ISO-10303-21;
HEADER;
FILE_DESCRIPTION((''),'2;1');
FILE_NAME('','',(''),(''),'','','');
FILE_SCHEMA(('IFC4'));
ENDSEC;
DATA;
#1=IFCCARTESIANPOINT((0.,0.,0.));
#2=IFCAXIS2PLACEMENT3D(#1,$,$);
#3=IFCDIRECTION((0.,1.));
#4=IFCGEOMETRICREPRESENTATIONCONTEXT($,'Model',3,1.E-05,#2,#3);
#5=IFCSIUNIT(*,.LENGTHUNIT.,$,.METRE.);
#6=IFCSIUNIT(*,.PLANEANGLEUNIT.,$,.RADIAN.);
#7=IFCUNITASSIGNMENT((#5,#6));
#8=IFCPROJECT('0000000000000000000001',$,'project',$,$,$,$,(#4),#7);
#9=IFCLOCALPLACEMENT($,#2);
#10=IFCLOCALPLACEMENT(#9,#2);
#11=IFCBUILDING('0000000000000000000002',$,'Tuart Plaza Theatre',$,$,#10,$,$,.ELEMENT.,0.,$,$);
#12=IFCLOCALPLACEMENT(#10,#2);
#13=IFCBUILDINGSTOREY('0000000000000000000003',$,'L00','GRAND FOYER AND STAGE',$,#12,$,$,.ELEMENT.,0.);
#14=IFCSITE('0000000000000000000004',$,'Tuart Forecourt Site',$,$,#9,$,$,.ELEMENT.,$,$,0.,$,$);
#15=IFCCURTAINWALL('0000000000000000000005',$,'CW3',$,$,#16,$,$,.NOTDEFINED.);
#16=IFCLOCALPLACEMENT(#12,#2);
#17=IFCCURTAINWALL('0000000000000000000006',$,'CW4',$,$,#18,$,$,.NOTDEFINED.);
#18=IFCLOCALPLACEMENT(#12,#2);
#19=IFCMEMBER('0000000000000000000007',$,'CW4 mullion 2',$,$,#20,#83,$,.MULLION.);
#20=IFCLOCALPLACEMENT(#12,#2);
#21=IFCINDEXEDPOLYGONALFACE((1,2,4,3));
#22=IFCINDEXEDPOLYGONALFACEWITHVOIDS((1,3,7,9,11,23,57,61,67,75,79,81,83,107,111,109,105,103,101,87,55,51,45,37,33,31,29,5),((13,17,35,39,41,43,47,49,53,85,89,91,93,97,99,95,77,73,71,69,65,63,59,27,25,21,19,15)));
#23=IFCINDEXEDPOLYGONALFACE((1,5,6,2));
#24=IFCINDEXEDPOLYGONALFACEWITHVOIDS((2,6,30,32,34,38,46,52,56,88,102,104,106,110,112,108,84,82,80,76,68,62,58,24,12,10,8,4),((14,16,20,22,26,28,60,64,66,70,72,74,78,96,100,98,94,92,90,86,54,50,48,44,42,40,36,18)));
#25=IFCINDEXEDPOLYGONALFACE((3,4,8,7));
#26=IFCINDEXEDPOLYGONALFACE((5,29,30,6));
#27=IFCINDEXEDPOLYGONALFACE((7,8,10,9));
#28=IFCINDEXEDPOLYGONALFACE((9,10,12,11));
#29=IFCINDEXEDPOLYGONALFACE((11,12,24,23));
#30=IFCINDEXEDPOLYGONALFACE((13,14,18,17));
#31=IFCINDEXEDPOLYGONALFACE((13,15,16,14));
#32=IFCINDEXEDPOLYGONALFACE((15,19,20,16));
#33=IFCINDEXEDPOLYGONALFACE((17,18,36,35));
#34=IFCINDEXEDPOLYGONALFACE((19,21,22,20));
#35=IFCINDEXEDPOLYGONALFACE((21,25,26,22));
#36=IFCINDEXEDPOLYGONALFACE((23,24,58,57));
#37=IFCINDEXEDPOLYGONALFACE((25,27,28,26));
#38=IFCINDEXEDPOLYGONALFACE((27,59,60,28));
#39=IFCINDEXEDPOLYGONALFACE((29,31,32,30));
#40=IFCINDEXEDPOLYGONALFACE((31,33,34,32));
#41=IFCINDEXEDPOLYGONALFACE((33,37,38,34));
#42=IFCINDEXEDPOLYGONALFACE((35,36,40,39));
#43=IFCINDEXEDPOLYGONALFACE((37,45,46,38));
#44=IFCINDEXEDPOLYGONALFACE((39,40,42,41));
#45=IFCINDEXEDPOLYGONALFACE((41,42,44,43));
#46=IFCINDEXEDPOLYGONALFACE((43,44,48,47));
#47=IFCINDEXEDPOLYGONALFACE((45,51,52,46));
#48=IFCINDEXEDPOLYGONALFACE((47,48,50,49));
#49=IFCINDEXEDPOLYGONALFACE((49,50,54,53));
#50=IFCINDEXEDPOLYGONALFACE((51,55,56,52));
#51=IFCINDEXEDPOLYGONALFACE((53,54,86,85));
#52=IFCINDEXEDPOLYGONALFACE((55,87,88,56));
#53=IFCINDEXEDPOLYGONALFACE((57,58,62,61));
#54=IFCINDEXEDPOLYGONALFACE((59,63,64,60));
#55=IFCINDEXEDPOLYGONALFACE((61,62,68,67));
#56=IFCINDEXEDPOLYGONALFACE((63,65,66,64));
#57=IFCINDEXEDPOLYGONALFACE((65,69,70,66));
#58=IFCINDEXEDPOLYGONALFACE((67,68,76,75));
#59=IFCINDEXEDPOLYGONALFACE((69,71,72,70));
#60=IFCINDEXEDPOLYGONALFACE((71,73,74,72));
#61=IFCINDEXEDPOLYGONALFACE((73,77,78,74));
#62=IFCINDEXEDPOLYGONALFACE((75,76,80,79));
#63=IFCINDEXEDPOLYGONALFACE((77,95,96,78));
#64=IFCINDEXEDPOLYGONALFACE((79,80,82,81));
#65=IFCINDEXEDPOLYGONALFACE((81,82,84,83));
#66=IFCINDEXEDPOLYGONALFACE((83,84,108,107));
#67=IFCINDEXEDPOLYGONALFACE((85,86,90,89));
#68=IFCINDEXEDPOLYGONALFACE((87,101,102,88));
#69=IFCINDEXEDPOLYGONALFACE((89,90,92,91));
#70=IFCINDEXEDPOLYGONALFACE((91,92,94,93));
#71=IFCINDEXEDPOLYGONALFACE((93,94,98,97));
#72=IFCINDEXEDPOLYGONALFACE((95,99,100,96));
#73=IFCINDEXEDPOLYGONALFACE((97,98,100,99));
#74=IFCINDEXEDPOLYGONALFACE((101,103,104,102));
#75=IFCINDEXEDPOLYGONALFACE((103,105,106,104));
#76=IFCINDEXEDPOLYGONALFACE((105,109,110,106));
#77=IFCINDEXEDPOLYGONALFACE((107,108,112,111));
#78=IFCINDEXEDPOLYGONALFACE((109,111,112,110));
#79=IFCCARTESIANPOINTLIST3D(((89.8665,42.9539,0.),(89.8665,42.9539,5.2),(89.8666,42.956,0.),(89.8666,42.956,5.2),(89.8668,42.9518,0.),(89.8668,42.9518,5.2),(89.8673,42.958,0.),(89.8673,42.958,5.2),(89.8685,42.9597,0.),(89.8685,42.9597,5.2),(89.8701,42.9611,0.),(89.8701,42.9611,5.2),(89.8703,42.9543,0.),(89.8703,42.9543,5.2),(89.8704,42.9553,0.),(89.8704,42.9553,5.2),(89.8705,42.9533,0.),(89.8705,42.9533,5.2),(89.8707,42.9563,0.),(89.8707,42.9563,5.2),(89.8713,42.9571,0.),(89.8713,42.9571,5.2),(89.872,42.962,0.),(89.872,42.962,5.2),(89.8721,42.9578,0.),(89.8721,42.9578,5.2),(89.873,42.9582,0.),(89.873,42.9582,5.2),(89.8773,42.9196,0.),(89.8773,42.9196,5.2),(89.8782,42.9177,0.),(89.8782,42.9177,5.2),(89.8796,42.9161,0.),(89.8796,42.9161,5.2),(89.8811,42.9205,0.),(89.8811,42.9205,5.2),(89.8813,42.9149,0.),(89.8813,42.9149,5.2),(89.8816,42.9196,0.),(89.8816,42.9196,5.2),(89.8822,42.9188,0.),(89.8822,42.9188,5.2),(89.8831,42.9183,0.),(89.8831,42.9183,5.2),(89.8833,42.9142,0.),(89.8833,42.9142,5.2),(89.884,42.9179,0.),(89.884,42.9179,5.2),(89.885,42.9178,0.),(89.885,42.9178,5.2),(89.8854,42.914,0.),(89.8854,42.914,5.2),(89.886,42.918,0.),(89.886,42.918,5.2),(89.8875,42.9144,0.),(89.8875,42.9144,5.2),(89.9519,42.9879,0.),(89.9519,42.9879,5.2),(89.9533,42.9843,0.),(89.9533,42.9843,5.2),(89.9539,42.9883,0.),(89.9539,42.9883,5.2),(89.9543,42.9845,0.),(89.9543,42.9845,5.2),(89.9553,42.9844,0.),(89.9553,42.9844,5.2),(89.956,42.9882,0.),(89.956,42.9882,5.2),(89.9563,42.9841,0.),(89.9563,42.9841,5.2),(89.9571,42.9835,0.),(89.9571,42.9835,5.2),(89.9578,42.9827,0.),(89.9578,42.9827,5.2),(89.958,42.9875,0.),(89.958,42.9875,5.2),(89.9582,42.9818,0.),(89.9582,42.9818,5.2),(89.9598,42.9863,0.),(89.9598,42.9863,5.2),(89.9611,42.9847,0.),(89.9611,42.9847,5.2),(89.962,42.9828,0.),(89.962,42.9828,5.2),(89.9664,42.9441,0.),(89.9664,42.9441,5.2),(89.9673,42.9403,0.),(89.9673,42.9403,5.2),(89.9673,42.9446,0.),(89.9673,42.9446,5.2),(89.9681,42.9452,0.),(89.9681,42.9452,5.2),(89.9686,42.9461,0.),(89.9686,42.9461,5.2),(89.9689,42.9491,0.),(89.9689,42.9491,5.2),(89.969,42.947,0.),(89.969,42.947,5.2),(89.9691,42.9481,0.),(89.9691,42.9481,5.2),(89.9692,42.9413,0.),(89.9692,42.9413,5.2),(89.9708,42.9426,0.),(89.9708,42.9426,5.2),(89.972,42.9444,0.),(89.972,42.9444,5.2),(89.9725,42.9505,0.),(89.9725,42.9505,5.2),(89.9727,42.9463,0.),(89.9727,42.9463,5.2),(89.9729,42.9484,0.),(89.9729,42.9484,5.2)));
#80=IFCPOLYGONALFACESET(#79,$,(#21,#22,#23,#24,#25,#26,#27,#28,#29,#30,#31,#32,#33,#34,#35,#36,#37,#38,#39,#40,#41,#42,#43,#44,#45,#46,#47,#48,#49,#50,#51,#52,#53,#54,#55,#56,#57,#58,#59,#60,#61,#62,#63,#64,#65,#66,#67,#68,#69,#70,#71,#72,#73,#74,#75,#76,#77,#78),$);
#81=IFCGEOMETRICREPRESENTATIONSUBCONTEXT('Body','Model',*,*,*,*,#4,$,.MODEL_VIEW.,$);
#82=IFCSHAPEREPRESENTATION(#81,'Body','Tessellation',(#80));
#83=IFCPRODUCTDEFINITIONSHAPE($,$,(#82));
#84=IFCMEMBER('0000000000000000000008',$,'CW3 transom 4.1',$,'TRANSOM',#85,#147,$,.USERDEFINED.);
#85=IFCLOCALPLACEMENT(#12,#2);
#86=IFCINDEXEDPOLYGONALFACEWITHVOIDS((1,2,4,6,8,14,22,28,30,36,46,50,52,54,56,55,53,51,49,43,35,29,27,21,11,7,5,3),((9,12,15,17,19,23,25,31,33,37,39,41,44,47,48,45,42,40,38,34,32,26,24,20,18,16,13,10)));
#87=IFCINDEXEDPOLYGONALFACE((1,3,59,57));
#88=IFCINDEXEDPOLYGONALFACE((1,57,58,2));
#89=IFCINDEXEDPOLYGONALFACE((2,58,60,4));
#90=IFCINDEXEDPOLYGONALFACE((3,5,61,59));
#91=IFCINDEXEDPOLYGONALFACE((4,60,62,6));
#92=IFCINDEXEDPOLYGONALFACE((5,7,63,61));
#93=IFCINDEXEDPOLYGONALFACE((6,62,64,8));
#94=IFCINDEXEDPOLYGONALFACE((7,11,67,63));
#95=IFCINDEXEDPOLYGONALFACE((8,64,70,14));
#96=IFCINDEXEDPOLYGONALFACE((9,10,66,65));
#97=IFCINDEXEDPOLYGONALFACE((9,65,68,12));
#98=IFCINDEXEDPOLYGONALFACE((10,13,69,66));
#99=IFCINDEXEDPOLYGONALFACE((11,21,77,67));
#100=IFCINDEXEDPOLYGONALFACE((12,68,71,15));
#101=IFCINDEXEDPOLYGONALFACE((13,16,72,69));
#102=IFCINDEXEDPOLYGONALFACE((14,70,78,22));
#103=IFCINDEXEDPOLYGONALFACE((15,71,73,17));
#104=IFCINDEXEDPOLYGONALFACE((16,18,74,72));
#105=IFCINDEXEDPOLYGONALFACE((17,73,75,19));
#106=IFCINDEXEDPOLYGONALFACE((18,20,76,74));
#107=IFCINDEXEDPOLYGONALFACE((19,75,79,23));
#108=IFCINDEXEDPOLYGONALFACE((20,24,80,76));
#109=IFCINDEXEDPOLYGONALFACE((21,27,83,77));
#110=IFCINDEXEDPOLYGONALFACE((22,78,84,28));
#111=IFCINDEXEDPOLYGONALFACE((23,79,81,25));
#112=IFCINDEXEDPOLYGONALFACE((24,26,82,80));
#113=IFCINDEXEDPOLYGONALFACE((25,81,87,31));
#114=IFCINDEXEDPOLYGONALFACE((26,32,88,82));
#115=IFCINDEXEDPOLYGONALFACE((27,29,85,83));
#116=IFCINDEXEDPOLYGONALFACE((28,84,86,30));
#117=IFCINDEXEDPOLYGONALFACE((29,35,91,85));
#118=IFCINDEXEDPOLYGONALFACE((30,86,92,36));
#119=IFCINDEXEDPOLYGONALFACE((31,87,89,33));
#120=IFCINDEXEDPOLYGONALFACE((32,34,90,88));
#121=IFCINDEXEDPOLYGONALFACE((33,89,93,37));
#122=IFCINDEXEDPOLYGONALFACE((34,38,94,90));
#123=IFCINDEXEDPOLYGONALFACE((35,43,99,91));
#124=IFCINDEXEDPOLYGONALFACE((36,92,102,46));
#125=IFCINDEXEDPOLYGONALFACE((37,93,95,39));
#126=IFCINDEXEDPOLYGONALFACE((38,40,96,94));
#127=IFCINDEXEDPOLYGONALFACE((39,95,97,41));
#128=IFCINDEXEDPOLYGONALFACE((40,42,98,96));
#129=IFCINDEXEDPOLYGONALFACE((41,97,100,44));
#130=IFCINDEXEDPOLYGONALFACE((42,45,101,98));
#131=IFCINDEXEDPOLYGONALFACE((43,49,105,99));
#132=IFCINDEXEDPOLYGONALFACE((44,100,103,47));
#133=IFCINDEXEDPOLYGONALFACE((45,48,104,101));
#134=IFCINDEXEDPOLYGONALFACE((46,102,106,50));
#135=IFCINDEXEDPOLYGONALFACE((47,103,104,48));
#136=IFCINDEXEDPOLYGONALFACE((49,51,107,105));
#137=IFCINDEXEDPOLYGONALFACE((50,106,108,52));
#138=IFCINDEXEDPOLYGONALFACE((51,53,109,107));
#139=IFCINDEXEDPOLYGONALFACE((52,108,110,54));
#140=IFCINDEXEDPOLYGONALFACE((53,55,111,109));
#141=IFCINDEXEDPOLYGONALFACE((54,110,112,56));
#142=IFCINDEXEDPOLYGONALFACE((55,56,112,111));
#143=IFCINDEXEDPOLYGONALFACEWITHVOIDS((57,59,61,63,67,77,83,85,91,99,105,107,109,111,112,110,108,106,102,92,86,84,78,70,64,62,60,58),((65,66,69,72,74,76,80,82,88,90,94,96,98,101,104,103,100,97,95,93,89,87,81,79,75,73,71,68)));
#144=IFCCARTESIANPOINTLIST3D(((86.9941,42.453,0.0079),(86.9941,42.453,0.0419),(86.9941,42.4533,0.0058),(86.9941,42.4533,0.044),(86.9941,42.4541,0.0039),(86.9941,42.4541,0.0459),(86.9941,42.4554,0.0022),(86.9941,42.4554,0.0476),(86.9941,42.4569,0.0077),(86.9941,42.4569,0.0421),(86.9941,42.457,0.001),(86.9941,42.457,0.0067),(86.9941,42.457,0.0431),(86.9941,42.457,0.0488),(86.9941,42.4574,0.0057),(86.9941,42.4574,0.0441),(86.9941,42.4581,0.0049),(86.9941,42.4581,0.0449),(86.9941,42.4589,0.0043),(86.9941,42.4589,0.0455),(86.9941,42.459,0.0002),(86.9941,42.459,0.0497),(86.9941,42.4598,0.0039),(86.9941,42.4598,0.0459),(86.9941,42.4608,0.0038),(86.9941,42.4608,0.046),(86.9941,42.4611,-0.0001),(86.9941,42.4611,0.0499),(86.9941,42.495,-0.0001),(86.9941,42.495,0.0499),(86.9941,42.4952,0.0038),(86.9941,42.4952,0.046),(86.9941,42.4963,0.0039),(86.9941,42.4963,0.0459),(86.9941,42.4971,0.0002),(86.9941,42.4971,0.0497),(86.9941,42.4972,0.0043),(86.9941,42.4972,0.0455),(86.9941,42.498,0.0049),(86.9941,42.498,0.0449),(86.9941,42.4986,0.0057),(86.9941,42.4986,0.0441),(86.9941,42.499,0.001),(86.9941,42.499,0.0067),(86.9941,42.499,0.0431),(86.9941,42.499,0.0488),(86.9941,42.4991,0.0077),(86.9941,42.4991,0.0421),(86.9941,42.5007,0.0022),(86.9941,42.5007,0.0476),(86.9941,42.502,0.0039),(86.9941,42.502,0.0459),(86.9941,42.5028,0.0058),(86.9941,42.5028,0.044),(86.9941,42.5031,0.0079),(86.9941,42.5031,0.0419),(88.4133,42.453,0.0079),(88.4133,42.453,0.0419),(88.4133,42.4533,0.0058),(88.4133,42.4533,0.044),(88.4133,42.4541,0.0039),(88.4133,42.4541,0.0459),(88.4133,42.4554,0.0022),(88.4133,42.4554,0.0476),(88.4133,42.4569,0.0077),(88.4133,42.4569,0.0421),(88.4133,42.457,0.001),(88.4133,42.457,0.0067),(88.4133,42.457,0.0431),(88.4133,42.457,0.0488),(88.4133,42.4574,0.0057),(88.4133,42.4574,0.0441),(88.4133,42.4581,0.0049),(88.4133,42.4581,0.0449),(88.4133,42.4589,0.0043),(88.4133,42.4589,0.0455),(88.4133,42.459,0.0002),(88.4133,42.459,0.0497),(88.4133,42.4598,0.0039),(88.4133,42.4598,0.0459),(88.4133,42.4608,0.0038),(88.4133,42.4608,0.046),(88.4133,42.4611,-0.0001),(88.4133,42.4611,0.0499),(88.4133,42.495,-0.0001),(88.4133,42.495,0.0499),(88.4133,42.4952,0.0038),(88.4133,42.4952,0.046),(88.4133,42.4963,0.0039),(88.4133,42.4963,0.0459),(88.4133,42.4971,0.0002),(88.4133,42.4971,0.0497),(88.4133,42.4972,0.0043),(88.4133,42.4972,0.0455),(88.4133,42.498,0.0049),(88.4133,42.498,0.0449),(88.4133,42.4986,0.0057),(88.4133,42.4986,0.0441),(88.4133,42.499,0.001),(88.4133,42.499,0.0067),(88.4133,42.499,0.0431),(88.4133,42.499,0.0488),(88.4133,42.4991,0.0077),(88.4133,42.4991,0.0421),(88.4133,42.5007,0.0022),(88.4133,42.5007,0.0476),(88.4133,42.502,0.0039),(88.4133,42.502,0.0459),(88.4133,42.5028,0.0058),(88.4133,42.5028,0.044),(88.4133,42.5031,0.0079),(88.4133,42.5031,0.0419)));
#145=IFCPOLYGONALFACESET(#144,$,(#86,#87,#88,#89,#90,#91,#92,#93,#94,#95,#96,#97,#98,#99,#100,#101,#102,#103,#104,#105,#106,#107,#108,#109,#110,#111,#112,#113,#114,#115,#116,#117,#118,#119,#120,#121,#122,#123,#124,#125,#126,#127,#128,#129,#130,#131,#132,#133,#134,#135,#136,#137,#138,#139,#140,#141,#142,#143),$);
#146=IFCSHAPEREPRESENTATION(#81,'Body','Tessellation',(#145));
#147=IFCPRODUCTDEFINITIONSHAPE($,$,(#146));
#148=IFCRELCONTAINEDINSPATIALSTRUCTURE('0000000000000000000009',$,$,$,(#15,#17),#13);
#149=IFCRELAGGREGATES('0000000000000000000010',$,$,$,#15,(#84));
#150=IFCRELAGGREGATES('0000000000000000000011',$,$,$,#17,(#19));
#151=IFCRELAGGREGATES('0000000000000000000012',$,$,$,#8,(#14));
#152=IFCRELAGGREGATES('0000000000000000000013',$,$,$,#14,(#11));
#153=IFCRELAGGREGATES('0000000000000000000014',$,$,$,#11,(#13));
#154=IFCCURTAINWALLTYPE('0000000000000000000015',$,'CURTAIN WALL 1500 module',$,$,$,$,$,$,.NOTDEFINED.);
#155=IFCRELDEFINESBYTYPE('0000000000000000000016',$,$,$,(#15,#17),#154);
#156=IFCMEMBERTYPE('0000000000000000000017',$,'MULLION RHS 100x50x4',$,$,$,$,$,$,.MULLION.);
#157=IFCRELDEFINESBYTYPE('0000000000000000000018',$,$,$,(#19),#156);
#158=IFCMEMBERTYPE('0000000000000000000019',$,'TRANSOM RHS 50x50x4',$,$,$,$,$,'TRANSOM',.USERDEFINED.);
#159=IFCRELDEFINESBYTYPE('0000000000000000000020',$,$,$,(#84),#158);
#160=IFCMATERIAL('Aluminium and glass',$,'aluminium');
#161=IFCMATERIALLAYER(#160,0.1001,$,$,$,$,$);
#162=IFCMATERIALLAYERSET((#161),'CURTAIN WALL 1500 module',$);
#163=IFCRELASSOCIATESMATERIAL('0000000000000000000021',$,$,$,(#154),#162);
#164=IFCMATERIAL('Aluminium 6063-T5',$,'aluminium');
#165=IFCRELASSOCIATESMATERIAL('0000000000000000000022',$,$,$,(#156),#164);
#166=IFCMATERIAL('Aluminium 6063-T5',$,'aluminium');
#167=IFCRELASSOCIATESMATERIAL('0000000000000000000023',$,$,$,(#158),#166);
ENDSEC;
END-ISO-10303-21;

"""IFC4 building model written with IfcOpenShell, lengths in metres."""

from ifc_helpers import new_model, si_unit, direction, frame, origin, origin_2d, place, context, subcontext, project, spatial, hollow_rectangle, extrude, material, layer, layer_set, material_profile, profile_set, type_object, element, aggregate, save


model = new_model("IFC4")

# Units and contexts
model_context = context("Model", 3, precision=1e-05, world=origin(), true_north=direction((0.0, 1.0)))
body_context = subcontext(model_context, "Body", "Model", "MODEL_VIEW")
ifc_project = project(units=[si_unit("LENGTHUNIT", "METRE"), si_unit("PLANEANGLEUNIT", "RADIAN")], contexts=[model_context])

# Site, building, storey
site_placement = place(None, origin())
site = spatial("IfcSite", under=ifc_project, at=site_placement, Name="Tuart Forecourt Site", CompositionType="ELEMENT", RefElevation=0.0)
building_placement = place(site_placement, origin())
building = spatial("IfcBuilding", under=site, at=building_placement, Name="Tuart Plaza Theatre", CompositionType="ELEMENT", ElevationOfRefHeight=0.0)
storey_placement = place(building_placement, origin())
storey = spatial("IfcBuildingStorey", under=building, at=storey_placement, Name="L00", Description="GRAND FOYER AND STAGE", CompositionType="ELEMENT", Elevation=0.0)

# Curtain wall
ifc_material_1 = material(Name="Aluminium and glass", Category="aluminium")
ifc_layer_1 = layer(ifc_material_1, 0.1001)
ifc_layer_set_1 = layer_set([ifc_layer_1], Name="CURTAIN WALL 1500 module")
curtain_wall_type = type_object("IfcCurtainWallType", Name="CURTAIN WALL 1500 module", PredefinedType="NOTDEFINED", material=ifc_layer_set_1)
curtain_wall_1_placement = place(storey_placement, origin())
curtain_wall_1 = element("IfcCurtainWall", 1, at=curtain_wall_1_placement, inside=storey, type_object=curtain_wall_type, Name="CW3", PredefinedType="NOTDEFINED")
ifc_material_2 = material(Name="Aluminium 6063-T5", Category="aluminium")
ifc_material_profile_1 = material_profile(ifc_material_2, hollow_rectangle(XDim=0.05, YDim=0.1001, WallThickness=0.0039, InnerFilletRadius=0.0039, OuterFilletRadius=0.0081, at=origin_2d()), Name="RHS 100x50x4")
ifc_profile_set_1 = profile_set([ifc_material_profile_1], Name="Aluminium 6063-T5")
member_type_1 = type_object("IfcMemberType", Name="MULLION RHS 100x50x4", PredefinedType="MULLION", material=ifc_profile_set_1)

# Curtain wall, member
curtain_wall_2_placement = place(storey_placement, origin())
curtain_wall_2 = element("IfcCurtainWall", 2, at=curtain_wall_2_placement, inside=storey, type_object=curtain_wall_type, Name="CW4", PredefinedType="NOTDEFINED")
member_1_placement = place(storey_placement, frame((89.9197, 42.9512, 0.0), z_axis=(0.0, 0.0, 1.0), x_axis=(-0.309018, 0.951056, 0.0)))
member_1 = element("IfcMember", 3, at=member_1_placement, type_object=member_type_1, Name="CW4 mullion 2", PredefinedType="MULLION", context=body_context, shape_type="SweptSolid", body=[
    extrude(hollow_rectangle(XDim=0.05, YDim=0.1001, WallThickness=0.0039, InnerFilletRadius=0.0039, OuterFilletRadius=0.0081, at=origin_2d()), origin(), (0.0, 0.0, 1.0), 5.2),
])

# Member
ifc_material_3 = material(Name="Aluminium 6063-T5", Category="aluminium")
ifc_material_profile_2 = material_profile(ifc_material_3, hollow_rectangle(XDim=0.05, YDim=0.05, WallThickness=0.0039, InnerFilletRadius=0.0039, OuterFilletRadius=0.0081, at=origin_2d()), Name="RHS 50x50x4")
ifc_profile_set_2 = profile_set([ifc_material_profile_2], Name="Aluminium 6063-T5")
member_type_2 = type_object("IfcMemberType", Name="TRANSOM RHS 50x50x4", ElementType="TRANSOM", PredefinedType="USERDEFINED", material=ifc_profile_set_2)
member_2_placement = place(storey_placement, frame((86.9941, 42.478, 0.0249), z_axis=(1.0, 0.0, 0.0), x_axis=(0.0, 1.0, 0.0)))
member_2 = element("IfcMember", 4, at=member_2_placement, type_object=member_type_2, Name="CW3 transom 4.1", ObjectType="TRANSOM", PredefinedType="USERDEFINED", context=body_context, shape_type="SweptSolid", body=[
    extrude(hollow_rectangle(XDim=0.05, YDim=0.05, WallThickness=0.0039, InnerFilletRadius=0.0039, OuterFilletRadius=0.0081, at=origin_2d()), origin(), (0.0, 0.0, 1.0), 1.4192),
])

aggregate(curtain_wall_1, [member_2])
aggregate(curtain_wall_2, [member_1])

save(model, "model.ifc")
